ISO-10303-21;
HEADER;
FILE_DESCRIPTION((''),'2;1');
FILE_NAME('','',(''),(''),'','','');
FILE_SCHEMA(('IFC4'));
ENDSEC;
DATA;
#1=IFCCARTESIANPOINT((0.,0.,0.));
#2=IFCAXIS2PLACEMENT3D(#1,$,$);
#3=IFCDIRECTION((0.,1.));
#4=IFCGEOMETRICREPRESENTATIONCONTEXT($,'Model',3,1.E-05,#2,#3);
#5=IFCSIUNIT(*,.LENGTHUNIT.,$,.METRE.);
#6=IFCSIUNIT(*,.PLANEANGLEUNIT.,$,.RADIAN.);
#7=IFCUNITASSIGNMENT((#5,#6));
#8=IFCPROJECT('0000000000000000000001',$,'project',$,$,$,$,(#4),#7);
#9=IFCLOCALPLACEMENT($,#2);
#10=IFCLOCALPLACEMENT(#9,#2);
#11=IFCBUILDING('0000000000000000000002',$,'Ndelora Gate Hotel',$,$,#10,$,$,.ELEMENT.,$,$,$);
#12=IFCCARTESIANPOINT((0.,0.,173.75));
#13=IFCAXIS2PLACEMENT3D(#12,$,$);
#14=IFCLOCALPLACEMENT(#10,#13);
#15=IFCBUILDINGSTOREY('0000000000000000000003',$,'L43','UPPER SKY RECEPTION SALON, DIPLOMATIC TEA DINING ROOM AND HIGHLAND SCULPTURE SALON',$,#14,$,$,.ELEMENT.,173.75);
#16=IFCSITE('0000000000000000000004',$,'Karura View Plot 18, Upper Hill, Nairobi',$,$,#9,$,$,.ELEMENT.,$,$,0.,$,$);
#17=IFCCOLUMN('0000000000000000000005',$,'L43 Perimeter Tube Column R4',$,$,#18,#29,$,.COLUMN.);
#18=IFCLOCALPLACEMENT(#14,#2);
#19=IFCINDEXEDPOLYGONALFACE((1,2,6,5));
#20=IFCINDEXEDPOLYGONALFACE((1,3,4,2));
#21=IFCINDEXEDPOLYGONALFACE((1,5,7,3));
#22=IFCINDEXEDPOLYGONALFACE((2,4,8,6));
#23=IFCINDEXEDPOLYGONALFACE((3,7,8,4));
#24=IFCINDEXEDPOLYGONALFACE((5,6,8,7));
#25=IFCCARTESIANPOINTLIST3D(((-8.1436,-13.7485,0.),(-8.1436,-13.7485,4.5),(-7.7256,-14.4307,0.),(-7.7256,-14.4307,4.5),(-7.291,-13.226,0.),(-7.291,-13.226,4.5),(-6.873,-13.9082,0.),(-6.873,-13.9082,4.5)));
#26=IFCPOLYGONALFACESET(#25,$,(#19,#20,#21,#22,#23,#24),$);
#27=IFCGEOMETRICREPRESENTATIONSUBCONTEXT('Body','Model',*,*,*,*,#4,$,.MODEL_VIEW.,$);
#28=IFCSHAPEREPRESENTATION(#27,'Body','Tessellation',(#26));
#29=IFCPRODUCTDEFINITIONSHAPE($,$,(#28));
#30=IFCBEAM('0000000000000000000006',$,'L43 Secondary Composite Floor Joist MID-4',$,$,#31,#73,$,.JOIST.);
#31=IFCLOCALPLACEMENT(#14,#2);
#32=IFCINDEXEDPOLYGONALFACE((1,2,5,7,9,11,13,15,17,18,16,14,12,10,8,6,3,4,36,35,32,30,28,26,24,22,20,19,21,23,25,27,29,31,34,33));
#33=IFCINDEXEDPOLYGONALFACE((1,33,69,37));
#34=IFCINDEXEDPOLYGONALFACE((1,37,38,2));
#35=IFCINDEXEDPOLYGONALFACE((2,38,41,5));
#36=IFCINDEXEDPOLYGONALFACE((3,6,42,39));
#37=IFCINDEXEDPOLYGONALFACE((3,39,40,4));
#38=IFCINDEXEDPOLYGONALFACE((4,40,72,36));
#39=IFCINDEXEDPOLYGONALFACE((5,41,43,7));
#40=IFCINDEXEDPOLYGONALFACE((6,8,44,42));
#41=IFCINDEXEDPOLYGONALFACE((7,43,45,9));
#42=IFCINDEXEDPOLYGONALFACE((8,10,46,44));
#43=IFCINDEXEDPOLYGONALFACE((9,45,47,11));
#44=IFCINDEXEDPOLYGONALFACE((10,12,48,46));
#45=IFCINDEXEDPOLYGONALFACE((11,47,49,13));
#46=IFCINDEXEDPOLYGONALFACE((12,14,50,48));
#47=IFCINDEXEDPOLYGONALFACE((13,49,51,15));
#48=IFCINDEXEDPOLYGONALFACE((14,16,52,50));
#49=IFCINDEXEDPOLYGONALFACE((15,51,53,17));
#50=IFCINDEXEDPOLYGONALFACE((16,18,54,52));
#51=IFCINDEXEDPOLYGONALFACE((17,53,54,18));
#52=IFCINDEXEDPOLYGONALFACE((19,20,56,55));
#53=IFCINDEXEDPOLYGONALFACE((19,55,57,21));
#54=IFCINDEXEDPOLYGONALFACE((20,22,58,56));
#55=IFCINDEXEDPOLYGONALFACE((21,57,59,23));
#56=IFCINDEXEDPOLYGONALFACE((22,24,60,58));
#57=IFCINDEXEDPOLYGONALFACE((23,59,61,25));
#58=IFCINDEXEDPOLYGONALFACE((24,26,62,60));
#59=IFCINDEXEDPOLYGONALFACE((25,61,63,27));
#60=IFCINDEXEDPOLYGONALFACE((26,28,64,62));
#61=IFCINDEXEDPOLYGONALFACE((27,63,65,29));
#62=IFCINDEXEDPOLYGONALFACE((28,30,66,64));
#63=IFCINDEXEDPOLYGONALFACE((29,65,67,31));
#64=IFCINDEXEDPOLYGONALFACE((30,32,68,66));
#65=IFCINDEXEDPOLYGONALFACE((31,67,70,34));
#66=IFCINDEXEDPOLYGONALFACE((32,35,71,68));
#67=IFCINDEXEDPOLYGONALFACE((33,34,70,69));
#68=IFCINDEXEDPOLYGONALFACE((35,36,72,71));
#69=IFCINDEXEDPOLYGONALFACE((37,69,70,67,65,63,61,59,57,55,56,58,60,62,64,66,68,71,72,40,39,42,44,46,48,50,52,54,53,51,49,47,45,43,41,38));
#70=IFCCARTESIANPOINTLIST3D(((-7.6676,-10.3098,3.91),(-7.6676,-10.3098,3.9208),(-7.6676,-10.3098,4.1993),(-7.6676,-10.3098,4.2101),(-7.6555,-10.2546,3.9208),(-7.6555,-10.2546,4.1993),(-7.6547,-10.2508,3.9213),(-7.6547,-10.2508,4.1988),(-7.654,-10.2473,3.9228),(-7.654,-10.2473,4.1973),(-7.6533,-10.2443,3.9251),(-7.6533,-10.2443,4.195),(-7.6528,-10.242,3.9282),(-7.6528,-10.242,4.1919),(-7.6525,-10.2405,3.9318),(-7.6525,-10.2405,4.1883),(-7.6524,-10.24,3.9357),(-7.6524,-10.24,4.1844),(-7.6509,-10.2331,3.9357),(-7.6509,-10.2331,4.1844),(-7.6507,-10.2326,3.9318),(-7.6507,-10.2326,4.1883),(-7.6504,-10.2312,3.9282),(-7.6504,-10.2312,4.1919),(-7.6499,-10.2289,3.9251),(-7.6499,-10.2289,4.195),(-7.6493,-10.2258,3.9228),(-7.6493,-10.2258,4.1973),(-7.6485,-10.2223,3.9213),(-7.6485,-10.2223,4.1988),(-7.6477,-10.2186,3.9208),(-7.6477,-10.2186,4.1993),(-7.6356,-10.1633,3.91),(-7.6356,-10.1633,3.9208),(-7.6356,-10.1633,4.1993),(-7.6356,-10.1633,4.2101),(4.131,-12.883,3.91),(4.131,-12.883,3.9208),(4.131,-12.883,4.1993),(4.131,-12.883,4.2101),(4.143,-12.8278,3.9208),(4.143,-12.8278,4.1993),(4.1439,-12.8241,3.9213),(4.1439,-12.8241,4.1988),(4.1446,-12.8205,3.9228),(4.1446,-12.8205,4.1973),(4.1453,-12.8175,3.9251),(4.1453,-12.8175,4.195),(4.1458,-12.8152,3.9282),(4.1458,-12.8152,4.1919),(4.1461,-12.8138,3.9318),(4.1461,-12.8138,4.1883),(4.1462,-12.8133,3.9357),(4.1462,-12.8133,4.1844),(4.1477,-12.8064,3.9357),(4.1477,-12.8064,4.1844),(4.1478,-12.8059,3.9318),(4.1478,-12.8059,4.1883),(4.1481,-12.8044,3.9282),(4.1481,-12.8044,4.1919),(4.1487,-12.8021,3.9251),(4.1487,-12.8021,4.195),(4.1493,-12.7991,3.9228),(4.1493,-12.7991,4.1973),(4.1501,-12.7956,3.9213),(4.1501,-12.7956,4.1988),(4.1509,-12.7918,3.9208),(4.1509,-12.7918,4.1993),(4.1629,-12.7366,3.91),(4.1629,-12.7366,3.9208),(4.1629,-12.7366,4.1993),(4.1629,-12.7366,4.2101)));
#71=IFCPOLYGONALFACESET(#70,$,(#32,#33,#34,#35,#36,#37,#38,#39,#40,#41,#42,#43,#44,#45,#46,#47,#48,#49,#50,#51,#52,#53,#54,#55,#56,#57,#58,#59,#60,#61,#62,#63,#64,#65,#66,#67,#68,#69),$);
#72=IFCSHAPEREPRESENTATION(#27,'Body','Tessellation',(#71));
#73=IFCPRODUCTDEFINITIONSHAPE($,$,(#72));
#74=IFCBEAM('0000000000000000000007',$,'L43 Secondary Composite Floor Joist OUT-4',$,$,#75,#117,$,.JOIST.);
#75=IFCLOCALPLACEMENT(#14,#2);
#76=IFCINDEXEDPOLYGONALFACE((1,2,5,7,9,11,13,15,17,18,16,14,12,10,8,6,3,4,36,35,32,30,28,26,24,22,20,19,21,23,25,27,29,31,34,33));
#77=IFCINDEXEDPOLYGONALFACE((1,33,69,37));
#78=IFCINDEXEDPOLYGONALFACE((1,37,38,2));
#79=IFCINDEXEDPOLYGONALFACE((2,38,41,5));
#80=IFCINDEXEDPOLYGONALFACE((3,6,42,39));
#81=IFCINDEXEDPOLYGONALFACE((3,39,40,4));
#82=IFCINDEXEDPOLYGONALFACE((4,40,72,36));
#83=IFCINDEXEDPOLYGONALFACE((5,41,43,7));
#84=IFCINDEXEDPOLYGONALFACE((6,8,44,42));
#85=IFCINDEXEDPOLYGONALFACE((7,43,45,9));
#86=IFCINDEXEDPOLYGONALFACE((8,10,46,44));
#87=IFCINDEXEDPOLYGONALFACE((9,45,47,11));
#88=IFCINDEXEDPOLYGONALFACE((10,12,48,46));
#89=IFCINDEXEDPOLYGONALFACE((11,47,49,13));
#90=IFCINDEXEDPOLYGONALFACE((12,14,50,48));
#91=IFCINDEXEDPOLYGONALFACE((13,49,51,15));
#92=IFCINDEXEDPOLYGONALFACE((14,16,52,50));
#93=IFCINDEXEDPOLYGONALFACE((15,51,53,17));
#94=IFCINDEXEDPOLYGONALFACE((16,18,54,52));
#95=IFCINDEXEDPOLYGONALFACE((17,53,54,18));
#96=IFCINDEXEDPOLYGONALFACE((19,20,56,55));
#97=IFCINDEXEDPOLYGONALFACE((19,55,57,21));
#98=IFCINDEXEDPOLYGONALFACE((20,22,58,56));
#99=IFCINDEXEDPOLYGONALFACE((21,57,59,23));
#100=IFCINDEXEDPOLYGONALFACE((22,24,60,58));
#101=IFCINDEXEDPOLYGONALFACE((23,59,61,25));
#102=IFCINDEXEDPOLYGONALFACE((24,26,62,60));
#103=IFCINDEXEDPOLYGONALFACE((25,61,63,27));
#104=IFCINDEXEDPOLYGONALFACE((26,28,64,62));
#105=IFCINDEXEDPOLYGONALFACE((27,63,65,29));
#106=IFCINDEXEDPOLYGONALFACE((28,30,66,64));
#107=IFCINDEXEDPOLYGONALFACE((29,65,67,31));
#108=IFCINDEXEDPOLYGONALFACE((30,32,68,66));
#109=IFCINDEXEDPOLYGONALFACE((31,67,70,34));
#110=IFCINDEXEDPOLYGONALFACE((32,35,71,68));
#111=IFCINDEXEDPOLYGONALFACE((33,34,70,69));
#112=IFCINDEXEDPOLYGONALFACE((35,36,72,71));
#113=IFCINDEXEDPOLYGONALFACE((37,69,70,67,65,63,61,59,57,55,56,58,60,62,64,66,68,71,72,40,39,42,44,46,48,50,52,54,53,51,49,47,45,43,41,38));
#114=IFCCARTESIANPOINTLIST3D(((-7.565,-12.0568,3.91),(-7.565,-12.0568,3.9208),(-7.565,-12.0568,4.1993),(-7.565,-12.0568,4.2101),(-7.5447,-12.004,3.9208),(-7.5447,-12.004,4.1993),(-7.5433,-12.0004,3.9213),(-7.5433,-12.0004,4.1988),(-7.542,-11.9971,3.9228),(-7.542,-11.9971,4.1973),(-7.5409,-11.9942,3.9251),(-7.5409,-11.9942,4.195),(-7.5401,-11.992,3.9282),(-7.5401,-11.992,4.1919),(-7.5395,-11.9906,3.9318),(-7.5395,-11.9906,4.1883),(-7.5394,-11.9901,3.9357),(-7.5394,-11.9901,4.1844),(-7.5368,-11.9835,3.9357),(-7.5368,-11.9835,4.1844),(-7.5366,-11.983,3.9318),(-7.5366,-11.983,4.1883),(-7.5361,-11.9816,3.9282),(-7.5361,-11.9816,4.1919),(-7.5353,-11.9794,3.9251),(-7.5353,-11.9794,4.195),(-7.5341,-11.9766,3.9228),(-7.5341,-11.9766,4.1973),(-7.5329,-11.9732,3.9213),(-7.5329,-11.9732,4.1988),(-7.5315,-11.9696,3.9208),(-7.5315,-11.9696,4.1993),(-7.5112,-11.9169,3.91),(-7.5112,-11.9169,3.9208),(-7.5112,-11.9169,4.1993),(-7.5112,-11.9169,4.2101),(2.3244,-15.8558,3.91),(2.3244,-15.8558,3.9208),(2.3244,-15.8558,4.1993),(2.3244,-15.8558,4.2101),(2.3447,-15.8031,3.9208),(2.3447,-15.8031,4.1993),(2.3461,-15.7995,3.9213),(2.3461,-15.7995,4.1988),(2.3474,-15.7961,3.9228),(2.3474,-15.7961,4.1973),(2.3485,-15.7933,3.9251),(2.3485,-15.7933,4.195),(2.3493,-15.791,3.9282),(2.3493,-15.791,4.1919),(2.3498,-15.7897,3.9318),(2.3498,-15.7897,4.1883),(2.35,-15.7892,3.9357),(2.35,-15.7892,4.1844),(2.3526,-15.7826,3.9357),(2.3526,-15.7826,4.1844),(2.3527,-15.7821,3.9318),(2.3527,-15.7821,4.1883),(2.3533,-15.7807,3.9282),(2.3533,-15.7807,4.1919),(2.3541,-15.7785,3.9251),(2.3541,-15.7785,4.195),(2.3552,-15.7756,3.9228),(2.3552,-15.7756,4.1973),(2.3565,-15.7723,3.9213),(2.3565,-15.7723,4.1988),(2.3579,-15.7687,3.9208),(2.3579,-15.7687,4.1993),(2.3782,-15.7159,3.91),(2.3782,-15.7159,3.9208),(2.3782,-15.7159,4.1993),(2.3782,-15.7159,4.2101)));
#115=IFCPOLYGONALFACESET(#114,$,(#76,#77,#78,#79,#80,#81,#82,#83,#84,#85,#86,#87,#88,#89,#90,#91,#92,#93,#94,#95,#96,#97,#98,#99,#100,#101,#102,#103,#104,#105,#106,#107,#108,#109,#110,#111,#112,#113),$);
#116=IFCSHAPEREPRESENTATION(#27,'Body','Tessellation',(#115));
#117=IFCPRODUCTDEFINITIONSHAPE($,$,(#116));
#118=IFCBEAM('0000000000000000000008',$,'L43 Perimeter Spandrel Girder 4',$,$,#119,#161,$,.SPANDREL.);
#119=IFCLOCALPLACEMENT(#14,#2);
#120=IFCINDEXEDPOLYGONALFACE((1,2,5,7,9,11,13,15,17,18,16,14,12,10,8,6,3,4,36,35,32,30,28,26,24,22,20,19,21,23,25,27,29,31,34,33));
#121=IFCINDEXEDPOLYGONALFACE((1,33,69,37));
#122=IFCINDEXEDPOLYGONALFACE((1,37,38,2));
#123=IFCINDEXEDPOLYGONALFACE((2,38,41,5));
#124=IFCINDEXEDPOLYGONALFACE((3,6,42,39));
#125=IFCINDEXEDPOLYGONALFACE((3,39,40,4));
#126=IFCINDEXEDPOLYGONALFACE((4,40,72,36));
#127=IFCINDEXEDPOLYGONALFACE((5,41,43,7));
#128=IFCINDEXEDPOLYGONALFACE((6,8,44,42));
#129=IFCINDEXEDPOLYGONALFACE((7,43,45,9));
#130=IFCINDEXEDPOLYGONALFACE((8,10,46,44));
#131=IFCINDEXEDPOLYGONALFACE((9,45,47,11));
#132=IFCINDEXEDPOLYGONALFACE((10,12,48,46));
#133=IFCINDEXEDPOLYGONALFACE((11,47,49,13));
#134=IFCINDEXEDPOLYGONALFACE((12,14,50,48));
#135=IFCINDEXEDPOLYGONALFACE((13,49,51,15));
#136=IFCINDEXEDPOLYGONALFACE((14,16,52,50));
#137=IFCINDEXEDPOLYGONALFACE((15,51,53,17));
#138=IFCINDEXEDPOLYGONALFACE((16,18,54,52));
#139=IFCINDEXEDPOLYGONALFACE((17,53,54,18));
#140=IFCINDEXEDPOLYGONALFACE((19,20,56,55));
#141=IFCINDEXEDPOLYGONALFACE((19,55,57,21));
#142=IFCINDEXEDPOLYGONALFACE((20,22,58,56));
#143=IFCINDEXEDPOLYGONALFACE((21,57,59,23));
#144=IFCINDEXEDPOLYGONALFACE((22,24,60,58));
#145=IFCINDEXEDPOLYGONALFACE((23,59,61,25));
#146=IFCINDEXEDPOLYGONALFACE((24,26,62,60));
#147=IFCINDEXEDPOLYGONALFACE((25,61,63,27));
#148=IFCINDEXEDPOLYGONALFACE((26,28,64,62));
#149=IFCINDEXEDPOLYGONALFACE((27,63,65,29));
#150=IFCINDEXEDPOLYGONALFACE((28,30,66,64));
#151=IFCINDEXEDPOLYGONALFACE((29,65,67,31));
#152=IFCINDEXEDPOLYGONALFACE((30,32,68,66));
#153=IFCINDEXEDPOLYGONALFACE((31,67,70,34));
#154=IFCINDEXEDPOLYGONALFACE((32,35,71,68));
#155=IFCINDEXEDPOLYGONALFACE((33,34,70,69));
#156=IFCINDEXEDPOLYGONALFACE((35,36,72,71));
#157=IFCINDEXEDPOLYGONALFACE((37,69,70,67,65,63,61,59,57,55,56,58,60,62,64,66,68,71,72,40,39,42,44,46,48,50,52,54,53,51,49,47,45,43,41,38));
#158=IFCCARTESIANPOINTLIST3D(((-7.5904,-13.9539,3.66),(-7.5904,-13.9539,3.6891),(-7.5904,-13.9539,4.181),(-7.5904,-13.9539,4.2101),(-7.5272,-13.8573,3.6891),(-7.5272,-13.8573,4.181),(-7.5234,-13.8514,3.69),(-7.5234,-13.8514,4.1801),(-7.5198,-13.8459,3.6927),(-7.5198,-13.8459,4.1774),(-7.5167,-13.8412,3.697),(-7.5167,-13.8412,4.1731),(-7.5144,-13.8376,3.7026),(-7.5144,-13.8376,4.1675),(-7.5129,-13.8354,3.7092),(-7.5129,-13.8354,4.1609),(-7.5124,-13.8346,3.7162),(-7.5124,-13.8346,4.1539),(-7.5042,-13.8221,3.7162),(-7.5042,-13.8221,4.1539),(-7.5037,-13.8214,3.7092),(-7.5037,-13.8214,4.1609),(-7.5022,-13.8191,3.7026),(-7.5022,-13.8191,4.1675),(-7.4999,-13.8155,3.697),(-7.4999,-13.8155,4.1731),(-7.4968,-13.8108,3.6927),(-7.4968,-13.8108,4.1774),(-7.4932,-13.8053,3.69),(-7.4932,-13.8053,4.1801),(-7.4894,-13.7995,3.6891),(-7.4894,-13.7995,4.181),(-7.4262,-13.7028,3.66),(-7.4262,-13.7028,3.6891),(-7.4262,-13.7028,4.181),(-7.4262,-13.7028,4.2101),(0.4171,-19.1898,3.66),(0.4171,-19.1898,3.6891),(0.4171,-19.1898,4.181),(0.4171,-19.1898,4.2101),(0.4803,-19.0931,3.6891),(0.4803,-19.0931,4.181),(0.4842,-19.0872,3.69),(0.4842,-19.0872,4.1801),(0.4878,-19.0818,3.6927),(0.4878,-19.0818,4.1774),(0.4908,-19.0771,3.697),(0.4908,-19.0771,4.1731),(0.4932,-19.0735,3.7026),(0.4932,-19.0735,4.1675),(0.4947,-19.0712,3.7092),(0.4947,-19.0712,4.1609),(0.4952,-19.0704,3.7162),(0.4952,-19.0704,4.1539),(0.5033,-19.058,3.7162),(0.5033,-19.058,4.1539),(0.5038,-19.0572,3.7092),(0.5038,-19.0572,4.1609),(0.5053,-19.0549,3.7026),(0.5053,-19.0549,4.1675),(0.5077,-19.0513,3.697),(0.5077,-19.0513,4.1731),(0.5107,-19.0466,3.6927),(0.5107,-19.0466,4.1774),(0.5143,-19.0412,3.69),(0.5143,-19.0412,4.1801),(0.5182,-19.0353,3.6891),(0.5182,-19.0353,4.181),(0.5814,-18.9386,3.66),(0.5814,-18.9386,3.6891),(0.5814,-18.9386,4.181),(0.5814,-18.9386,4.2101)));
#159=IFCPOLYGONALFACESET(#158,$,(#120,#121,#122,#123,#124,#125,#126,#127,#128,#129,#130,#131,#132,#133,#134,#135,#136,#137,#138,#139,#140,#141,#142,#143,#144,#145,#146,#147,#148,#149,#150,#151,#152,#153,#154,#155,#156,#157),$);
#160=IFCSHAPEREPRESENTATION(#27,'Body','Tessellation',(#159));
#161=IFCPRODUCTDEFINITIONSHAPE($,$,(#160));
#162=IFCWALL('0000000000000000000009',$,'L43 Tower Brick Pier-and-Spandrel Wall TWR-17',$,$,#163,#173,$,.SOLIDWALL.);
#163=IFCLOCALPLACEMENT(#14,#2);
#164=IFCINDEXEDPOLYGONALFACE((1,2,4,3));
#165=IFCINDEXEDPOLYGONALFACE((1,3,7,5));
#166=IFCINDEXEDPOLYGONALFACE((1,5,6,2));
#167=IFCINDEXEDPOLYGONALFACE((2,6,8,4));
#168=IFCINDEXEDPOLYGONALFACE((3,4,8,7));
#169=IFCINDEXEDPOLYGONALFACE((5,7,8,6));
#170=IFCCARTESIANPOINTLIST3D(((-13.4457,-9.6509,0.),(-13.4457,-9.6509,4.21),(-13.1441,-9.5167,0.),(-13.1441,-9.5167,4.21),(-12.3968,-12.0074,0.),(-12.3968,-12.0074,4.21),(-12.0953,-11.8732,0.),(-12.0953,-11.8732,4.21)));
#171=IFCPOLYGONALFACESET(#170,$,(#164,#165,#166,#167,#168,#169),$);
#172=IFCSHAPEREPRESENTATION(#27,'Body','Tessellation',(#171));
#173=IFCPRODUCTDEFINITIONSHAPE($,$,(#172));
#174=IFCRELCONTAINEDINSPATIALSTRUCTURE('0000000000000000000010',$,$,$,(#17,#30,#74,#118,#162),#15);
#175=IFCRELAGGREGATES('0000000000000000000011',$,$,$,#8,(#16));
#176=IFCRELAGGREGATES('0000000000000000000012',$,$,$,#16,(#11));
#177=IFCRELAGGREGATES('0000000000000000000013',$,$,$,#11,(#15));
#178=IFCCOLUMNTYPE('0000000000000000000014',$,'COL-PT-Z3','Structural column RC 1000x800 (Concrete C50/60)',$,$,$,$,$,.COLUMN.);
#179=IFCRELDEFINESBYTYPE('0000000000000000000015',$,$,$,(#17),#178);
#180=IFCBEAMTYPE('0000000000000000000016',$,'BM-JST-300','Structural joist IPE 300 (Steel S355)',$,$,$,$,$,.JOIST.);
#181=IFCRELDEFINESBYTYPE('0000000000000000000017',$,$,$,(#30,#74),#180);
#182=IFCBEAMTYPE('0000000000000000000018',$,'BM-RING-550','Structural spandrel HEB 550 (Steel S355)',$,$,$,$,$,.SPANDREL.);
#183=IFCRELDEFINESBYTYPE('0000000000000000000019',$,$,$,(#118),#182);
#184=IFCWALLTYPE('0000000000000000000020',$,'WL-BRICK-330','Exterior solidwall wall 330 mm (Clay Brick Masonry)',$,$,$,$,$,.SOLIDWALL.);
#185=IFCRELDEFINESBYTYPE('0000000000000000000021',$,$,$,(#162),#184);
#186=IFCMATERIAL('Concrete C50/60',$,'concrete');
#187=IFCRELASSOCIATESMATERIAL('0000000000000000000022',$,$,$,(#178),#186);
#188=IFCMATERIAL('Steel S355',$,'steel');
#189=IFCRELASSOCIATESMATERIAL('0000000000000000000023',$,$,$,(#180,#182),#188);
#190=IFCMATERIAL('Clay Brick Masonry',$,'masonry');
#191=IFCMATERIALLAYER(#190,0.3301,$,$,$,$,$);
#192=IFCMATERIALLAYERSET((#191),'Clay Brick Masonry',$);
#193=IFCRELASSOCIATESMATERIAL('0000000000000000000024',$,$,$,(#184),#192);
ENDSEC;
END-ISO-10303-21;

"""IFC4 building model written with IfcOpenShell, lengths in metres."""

from ifc_helpers import new_model, si_unit, direction, frame, frame_2d, origin, origin_2d, place, context, subcontext, project, spatial, rectangle, i_section, extrude, material, layer, layer_set, material_profile, profile_set, type_object, element, save


model = new_model("IFC4")

# Units and contexts
model_context = context("Model", 3, precision=1e-05, world=origin(), true_north=direction((0.0, 1.0)))
body_context = subcontext(model_context, "Body", "Model", "MODEL_VIEW")
ifc_project = project(units=[si_unit("LENGTHUNIT", "METRE"), si_unit("PLANEANGLEUNIT", "RADIAN")], contexts=[model_context])

# Site, building, storey
site_placement = place(None, origin())
site = spatial("IfcSite", under=ifc_project, at=site_placement, Name="Karura View Plot 18, Upper Hill, Nairobi", CompositionType="ELEMENT", RefElevation=0.0)
building_placement = place(site_placement, origin())
building = spatial("IfcBuilding", under=site, at=building_placement, Name="Ndelora Gate Hotel", CompositionType="ELEMENT")
storey_placement = place(building_placement, frame((0.0, 0.0, 173.75)))
storey = spatial("IfcBuildingStorey", under=building, at=storey_placement, Name="L43", Description="UPPER SKY RECEPTION SALON, DIPLOMATIC TEA DINING ROOM AND HIGHLAND SCULPTURE SALON", CompositionType="ELEMENT", Elevation=173.75)

# Column
ifc_material_1 = material(Name="Concrete C50/60", Category="concrete")
ifc_material_profile_1 = material_profile(ifc_material_1, rectangle(XDim=0.8, YDim=1.0, at=origin_2d()), Name="RC 1000x800")
ifc_profile_set_1 = profile_set([ifc_material_profile_1], Name="Concrete C50/60")
column_type = type_object("IfcColumnType", Name="COL-PT-Z3", Description="Structural column RC 1000x800 (Concrete C50/60)", PredefinedType="COLUMN", material=ifc_profile_set_1)
column_placement = place(storey_placement, frame((-7.5083, -13.8284, 0.0), z_axis=(0.0, 0.0, 1.0), x_axis=(-0.522499, 0.85264, 0.0)))
element("IfcColumn", 1, at=column_placement, inside=storey, type_object=column_type, Name="L43 Perimeter Tube Column R4", PredefinedType="COLUMN", context=body_context, shape_type="SweptSolid", body=[
    extrude(rectangle(XDim=0.8, YDim=1.0, at=origin_2d()), origin(), (0.0, 0.0, 1.0), 4.5),
])

# Beams
ifc_material_2 = material(Name="Steel S355", Category="steel")
ifc_material_profile_2 = material_profile(ifc_material_2, i_section(OverallWidth=0.1499, OverallDepth=0.3, WebThickness=0.0071, FlangeThickness=0.0107, FilletRadius=0.0149, at=origin_2d()), Name="IPE 300")
ifc_profile_set_2 = profile_set([ifc_material_profile_2], Name="Steel S355")
beam_type_1 = type_object("IfcBeamType", Name="BM-JST-300", Description="Structural joist IPE 300 (Steel S355)", PredefinedType="JOIST", material=ifc_profile_set_2)
beam_1_placement = place(storey_placement, frame((-7.6516, -10.2366, 4.0601), z_axis=(0.977033, -0.213088, 0.0), x_axis=(0.213088, 0.977033, 0.0)))
element("IfcBeam", 2, at=beam_1_placement, inside=storey, type_object=beam_type_1, Name="L43 Secondary Composite Floor Joist MID-4", PredefinedType="JOIST", context=body_context, shape_type="SweptSolid", body=[
    extrude(i_section(OverallWidth=0.1499, OverallDepth=0.3, WebThickness=0.0071, FlangeThickness=0.0107, FilletRadius=0.0149, at=origin_2d()), origin(), (0.0, 0.0, 1.0), 12.0759),
])
beam_2_placement = place(storey_placement, frame((-7.5381, -11.9868, 4.0601), z_axis=(0.933489, -0.358605, 0.0), x_axis=(0.358605, 0.933489, 0.0)))
element("IfcBeam", 3, at=beam_2_placement, inside=storey, type_object=beam_type_1, Name="L43 Secondary Composite Floor Joist OUT-4", PredefinedType="JOIST", context=body_context, shape_type="SweptSolid", body=[
    extrude(i_section(OverallWidth=0.1499, OverallDepth=0.3, WebThickness=0.0071, FlangeThickness=0.0107, FilletRadius=0.0149, at=origin_2d()), origin(), (0.0, 0.0, 1.0), 10.594),
])
ifc_material_profile_3 = material_profile(ifc_material_2, i_section(OverallWidth=0.3, OverallDepth=0.55, WebThickness=0.0149, FlangeThickness=0.0291, FilletRadius=0.0271, at=origin_2d()), Name="HEB 550")
ifc_profile_set_3 = profile_set([ifc_material_profile_3], Name="Steel S355")
beam_type_2 = type_object("IfcBeamType", Name="BM-RING-550", Description="Structural spandrel HEB 550 (Steel S355)", PredefinedType="SPANDREL", material=ifc_profile_set_3)
beam_3_placement = place(storey_placement, frame((-7.5083, -13.8284, 3.9351), z_axis=(0.836964, -0.547258, 0.0), x_axis=(0.547258, 0.836964, 0.0)))
element("IfcBeam", 4, at=beam_3_placement, inside=storey, type_object=beam_type_2, Name="L43 Perimeter Spandrel Girder 4", PredefinedType="SPANDREL", context=body_context, shape_type="SweptSolid", body=[
    extrude(i_section(OverallWidth=0.3, OverallDepth=0.55, WebThickness=0.0149, FlangeThickness=0.0291, FilletRadius=0.0271, at=origin_2d()), origin(), (0.0, 0.0, 1.0), 9.5674),
])

# Wall
ifc_material_3 = material(Name="Clay Brick Masonry", Category="masonry")
ifc_layer_1 = layer(ifc_material_3, 0.3301)
ifc_layer_set_1 = layer_set([ifc_layer_1], Name="Clay Brick Masonry")
wall_type = type_object("IfcWallType", Name="WL-BRICK-330", Description="Exterior solidwall wall 330 mm (Clay Brick Masonry)", PredefinedType="SOLIDWALL", material=ifc_layer_set_1)
wall_1_placement = place(storey_placement, frame((-12.2461, -11.9402, 0.0), z_axis=(0.0, 0.0, 1.0), x_axis=(-0.40663, 0.913593, 0.0)))
element("IfcWall", 5, at=wall_1_placement, inside=storey, type_object=wall_type, Name="L43 Tower Brick Pier-and-Spandrel Wall TWR-17", PredefinedType="SOLIDWALL", context=body_context, shape_type="SweptSolid", body=[
    extrude(rectangle(XDim=2.5793, YDim=0.3301, at=frame_2d((1.2896, 0.0))), origin(), (0.0, 0.0, 1.0), 4.21),
])

save(model, "model.ifc")
